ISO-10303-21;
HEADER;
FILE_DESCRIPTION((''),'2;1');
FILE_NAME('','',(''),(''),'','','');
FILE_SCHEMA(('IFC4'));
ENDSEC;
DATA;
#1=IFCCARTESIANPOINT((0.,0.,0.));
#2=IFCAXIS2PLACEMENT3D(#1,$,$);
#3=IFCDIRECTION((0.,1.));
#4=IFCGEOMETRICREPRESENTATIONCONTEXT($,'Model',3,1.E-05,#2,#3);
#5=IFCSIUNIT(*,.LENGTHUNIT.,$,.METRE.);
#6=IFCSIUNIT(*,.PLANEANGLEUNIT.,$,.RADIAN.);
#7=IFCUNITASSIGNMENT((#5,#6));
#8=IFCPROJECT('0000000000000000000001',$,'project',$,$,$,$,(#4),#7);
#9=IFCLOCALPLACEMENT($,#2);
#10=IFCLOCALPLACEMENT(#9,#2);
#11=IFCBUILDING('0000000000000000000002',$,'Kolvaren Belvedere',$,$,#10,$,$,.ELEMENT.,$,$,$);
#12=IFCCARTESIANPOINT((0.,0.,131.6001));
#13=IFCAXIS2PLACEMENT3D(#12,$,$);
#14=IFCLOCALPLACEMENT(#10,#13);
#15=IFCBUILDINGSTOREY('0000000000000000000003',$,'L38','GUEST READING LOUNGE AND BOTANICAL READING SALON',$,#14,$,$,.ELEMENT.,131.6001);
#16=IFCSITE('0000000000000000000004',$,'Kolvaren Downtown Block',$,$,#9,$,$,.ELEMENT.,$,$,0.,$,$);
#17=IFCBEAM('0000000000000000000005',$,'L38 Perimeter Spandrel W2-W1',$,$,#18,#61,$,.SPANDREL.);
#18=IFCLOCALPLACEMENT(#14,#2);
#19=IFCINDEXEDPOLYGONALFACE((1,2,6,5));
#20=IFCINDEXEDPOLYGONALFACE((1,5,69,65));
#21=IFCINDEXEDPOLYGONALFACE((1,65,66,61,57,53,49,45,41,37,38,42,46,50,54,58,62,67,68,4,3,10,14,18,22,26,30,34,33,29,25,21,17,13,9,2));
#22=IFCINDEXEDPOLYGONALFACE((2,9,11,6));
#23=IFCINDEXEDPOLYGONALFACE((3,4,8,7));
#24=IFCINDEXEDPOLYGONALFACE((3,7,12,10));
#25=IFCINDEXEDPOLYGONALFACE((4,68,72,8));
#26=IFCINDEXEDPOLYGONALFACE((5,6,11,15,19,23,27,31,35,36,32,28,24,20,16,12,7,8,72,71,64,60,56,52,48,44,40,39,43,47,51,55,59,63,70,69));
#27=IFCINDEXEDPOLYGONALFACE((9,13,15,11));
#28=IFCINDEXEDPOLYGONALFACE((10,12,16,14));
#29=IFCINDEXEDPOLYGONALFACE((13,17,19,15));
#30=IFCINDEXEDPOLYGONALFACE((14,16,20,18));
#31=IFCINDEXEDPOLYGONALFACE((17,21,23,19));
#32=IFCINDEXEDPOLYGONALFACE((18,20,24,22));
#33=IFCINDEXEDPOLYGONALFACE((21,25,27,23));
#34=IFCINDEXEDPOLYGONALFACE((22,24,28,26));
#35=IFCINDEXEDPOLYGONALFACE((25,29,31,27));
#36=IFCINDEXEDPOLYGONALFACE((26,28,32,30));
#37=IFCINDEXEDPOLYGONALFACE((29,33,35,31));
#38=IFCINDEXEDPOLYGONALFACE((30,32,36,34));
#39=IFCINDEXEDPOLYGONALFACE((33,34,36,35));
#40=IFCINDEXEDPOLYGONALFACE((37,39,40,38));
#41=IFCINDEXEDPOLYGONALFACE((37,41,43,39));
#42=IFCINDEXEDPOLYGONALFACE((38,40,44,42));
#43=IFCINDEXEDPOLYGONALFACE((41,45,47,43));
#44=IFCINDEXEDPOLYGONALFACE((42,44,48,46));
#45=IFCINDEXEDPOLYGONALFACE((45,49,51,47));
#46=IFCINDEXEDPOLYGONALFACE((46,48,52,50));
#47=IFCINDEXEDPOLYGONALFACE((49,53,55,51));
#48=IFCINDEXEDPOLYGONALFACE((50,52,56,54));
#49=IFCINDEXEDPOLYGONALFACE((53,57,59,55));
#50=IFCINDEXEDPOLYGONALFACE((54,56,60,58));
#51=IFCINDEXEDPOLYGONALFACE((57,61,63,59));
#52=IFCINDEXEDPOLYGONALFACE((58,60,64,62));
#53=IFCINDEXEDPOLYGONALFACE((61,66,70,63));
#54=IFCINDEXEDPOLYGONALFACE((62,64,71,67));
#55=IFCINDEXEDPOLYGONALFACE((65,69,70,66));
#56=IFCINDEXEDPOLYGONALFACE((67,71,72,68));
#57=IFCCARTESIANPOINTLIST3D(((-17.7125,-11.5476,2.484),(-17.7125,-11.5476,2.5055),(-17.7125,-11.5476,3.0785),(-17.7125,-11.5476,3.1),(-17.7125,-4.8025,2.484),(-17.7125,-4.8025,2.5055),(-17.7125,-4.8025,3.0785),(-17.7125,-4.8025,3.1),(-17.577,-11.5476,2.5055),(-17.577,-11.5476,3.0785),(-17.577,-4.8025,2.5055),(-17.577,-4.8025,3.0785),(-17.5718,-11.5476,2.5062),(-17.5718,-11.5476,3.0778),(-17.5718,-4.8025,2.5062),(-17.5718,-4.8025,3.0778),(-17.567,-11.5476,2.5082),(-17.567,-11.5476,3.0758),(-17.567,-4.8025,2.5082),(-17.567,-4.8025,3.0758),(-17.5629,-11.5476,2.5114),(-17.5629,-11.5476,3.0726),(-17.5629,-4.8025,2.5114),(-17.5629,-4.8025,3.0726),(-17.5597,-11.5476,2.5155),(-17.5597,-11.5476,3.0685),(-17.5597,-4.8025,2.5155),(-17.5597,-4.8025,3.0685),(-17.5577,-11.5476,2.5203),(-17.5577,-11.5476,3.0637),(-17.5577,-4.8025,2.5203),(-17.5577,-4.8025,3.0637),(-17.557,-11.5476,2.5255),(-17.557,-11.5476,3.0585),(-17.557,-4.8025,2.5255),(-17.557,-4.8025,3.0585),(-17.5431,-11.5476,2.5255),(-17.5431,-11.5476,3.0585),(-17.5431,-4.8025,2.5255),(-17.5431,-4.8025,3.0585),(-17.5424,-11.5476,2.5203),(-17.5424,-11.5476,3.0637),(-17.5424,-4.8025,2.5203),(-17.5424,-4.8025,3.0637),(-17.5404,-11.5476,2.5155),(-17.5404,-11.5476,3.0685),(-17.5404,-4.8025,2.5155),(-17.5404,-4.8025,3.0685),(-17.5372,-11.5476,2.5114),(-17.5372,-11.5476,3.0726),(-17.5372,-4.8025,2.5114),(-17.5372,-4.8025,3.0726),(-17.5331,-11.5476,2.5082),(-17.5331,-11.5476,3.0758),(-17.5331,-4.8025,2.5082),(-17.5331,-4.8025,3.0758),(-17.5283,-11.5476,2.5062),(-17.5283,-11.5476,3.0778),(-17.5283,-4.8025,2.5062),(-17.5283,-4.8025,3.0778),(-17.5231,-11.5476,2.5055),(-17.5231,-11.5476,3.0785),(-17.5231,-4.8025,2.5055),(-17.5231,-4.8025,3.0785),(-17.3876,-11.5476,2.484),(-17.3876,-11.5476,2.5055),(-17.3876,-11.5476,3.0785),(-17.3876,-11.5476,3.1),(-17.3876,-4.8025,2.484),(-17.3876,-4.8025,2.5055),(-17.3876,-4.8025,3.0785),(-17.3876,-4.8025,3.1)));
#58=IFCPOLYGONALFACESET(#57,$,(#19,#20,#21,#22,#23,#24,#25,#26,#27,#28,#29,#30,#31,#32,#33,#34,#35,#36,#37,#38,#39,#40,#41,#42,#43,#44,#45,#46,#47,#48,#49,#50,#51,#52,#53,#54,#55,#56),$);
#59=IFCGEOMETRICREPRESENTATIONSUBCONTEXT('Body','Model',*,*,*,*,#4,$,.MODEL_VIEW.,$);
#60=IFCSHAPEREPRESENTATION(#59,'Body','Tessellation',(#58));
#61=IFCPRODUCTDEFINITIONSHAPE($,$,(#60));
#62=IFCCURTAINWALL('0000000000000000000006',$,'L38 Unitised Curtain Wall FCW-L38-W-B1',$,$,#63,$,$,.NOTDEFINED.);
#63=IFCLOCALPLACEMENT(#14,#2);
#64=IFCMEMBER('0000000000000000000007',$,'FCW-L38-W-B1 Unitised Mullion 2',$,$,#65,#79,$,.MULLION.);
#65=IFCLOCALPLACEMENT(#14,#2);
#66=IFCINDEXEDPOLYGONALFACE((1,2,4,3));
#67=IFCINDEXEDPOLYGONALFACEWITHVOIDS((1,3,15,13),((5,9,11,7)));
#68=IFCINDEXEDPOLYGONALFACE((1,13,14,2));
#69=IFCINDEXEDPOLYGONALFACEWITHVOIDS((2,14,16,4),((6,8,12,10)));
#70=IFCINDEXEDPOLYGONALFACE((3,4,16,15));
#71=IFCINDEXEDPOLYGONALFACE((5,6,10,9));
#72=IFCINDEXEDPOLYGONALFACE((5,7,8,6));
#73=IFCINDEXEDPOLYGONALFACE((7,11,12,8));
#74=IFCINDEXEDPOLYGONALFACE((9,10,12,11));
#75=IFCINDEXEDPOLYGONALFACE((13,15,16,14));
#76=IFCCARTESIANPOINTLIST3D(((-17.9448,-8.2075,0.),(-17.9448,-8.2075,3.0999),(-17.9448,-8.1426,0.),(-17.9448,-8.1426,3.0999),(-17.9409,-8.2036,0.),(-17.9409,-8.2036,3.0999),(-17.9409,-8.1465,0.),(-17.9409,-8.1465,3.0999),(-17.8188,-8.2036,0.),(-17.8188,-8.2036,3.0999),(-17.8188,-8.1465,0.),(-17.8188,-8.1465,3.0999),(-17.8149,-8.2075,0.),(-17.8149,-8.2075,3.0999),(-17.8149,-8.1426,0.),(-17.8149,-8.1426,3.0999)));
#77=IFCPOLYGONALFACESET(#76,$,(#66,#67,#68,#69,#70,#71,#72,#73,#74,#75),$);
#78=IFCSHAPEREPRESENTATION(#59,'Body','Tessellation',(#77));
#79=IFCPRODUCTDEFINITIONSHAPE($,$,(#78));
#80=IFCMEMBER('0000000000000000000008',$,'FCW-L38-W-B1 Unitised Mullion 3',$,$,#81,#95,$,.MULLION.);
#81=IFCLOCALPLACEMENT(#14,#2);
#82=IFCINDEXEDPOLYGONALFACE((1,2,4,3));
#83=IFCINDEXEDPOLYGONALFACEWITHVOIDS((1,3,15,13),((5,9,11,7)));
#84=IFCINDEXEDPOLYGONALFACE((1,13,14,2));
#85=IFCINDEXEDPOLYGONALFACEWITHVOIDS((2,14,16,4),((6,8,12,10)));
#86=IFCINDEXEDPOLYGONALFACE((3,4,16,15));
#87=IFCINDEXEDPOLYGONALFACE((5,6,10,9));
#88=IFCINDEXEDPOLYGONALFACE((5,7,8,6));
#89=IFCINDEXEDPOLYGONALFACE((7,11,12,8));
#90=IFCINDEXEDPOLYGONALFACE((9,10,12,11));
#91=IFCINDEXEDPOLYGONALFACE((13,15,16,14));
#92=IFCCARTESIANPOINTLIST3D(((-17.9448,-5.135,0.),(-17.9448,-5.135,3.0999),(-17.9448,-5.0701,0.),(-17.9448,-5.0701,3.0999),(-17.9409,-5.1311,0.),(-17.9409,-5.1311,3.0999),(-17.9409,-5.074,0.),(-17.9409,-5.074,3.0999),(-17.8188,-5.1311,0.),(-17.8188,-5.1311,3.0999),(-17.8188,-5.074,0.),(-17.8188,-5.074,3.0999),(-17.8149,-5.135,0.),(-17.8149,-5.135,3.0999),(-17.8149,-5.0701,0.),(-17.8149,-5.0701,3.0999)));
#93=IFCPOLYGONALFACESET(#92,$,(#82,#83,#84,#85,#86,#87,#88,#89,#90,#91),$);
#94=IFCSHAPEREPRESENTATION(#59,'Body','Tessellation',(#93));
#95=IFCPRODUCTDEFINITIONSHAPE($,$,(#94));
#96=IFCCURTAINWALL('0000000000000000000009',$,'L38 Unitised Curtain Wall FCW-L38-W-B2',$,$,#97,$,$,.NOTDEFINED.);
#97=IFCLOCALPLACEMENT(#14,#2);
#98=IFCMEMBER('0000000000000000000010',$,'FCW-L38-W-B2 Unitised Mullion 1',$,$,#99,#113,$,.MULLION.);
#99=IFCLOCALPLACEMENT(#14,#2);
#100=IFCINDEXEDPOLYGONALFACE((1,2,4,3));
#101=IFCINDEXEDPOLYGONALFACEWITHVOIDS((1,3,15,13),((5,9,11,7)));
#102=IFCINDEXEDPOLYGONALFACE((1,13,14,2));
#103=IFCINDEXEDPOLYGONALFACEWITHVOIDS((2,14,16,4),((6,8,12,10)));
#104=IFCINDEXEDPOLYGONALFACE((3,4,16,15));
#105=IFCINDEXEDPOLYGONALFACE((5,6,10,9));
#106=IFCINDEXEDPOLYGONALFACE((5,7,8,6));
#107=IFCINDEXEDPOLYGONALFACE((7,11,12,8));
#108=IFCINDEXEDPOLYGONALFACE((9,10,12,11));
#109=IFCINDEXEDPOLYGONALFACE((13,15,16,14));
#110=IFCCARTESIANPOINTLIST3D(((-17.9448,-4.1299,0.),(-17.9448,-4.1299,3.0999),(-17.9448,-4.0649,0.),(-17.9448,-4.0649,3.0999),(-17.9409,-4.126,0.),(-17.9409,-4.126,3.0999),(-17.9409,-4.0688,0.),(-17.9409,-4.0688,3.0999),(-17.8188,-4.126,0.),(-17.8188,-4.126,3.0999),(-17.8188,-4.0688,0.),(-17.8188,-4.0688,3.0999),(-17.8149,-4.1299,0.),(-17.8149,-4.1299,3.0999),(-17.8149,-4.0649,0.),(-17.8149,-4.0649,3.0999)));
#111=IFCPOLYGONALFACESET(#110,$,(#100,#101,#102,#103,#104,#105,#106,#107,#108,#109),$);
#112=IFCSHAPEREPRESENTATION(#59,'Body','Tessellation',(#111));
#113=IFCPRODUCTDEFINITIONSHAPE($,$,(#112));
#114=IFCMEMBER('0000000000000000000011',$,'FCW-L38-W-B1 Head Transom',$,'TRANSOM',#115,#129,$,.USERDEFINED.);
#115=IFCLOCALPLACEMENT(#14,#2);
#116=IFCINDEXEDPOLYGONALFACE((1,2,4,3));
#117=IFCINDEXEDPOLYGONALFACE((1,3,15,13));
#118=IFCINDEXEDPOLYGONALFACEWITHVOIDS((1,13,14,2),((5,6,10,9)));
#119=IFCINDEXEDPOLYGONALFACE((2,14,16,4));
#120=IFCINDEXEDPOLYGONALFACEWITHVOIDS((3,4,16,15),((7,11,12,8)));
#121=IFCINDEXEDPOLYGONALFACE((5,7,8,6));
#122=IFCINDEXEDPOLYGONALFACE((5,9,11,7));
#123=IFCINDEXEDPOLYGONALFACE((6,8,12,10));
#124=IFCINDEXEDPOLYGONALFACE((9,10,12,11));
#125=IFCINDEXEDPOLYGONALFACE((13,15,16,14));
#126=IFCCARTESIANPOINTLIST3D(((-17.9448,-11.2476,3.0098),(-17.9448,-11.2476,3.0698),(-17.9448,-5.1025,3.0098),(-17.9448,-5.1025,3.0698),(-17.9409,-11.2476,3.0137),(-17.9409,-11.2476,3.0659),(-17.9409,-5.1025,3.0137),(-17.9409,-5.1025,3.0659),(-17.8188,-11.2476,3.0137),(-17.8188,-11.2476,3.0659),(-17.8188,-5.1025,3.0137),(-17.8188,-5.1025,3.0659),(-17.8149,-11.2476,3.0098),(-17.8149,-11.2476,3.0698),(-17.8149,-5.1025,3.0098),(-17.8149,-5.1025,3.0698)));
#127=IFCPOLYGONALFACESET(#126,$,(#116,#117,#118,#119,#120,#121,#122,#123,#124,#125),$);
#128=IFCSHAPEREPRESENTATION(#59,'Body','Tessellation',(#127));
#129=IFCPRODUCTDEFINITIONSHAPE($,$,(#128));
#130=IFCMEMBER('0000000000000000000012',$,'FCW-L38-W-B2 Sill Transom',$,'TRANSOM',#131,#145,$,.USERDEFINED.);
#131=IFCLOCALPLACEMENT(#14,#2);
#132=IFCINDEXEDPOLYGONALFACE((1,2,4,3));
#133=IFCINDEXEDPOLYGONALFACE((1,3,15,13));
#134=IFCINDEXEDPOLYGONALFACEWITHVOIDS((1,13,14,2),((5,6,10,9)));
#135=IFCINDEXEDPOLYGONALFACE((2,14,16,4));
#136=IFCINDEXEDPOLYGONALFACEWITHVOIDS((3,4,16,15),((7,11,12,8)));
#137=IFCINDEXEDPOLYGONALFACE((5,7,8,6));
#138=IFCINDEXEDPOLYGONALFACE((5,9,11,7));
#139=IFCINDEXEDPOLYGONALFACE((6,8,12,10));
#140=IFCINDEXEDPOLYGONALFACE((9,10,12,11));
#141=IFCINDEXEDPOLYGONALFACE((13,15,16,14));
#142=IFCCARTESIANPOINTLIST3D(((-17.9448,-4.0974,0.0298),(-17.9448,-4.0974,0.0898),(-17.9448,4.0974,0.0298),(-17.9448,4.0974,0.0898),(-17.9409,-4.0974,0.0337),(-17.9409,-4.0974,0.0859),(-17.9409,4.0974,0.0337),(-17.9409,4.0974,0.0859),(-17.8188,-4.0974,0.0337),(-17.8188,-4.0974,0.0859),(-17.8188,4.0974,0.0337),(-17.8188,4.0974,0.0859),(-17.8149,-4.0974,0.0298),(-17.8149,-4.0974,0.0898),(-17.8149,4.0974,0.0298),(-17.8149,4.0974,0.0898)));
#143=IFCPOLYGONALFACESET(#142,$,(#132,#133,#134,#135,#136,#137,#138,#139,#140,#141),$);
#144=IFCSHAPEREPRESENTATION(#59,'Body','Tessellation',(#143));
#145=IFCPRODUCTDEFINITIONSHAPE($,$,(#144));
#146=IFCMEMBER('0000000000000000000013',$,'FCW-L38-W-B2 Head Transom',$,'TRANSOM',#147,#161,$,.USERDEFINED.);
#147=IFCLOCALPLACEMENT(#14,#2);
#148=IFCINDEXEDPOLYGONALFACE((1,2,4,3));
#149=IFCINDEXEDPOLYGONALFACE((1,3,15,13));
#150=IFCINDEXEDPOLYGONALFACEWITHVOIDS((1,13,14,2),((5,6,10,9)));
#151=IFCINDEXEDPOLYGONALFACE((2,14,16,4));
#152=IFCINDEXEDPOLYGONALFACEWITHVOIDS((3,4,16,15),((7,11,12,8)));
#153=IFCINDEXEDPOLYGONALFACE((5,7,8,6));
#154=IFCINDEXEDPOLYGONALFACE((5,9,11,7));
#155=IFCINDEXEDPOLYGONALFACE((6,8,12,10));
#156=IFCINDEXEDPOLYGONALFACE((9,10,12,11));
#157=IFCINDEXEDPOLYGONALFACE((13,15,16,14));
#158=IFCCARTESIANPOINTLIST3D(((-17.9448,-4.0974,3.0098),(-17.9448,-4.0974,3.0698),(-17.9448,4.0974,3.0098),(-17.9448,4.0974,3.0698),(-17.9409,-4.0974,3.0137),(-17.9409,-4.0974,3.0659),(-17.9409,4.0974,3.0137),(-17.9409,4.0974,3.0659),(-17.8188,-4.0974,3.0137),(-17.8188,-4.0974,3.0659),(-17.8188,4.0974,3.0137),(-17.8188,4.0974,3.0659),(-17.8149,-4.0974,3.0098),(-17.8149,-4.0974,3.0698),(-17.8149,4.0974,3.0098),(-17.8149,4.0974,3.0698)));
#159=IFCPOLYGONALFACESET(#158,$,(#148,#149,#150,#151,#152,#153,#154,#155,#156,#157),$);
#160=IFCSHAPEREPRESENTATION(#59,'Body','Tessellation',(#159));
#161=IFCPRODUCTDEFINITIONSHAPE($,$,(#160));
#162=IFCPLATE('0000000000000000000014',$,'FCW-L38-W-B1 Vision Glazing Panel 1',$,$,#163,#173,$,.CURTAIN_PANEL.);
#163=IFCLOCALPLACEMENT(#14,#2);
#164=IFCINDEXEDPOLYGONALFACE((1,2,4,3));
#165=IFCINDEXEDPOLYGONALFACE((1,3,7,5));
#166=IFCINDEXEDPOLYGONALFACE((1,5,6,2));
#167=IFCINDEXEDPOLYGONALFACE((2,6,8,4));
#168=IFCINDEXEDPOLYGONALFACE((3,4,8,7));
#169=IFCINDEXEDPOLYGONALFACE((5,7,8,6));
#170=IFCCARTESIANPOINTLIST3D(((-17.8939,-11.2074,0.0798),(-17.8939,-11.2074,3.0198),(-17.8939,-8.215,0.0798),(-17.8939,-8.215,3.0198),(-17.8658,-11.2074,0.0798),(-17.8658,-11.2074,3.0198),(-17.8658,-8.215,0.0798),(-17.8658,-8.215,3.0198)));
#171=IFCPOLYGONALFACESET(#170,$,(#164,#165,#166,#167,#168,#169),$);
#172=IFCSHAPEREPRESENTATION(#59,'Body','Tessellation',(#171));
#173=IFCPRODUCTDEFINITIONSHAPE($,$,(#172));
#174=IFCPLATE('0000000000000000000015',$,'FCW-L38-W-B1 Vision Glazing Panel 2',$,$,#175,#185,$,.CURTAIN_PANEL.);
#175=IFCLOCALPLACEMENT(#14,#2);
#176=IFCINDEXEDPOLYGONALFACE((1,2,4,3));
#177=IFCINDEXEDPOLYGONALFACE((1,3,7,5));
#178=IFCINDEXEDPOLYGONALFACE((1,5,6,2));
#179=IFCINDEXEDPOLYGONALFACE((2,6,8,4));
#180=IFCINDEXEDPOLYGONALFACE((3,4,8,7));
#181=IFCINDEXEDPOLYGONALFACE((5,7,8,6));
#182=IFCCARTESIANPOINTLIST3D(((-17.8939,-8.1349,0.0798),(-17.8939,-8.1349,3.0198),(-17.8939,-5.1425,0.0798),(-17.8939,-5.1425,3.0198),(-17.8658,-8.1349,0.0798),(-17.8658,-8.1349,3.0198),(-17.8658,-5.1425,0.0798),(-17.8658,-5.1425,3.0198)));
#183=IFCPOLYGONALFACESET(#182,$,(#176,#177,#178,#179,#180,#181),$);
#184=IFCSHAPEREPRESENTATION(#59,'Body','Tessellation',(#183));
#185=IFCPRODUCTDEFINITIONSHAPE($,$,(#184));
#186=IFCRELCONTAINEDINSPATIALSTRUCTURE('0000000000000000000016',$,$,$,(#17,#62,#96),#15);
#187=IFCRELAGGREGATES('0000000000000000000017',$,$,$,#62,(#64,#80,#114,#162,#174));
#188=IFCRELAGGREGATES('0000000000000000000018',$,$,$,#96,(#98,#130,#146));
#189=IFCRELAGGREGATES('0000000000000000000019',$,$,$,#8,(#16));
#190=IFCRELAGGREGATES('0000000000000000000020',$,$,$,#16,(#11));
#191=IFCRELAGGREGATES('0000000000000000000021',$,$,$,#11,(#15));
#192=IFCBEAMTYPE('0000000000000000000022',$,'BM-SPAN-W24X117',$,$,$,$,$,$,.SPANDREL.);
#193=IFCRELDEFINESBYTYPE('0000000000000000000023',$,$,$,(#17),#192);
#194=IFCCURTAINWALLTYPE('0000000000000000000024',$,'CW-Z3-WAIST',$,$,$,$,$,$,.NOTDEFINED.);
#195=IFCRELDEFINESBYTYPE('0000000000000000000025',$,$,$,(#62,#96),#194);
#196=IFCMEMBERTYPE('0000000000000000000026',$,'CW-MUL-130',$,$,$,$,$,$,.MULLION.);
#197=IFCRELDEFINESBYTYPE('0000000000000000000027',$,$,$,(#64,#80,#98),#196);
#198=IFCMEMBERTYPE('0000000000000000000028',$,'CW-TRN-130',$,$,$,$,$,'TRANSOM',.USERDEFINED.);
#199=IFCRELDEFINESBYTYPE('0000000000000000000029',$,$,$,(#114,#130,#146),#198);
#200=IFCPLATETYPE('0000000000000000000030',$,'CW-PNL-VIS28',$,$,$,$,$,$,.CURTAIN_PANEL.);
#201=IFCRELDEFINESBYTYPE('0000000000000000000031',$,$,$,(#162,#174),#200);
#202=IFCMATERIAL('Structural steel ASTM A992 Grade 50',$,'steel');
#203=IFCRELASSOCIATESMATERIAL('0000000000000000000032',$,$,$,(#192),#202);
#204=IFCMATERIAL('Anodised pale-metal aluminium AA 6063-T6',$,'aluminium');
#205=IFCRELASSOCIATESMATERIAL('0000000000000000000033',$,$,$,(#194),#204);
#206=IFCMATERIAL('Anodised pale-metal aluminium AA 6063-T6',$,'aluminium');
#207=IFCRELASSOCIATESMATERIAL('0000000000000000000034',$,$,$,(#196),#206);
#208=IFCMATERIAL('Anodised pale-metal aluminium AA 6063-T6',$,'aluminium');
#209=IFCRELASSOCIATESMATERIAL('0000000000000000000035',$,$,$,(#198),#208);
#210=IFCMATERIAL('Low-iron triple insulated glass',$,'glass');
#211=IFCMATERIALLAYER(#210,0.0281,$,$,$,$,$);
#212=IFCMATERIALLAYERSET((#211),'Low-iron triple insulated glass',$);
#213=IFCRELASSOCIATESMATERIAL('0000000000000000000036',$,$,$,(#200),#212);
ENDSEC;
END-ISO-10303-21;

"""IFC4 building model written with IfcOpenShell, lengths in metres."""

from ifc_helpers import new_model, si_unit, direction, frame, origin, origin_2d, place, context, subcontext, project, spatial, rectangle, hollow_rectangle, i_section, extrude, material, layer, layer_set, material_profile, profile_set, type_object, element, aggregate, save


model = new_model("IFC4")

# Units and contexts
model_context = context("Model", 3, precision=1e-05, world=origin(), true_north=direction((0.0, 1.0)))
body_context = subcontext(model_context, "Body", "Model", "MODEL_VIEW")
ifc_project = project(units=[si_unit("LENGTHUNIT", "METRE"), si_unit("PLANEANGLEUNIT", "RADIAN")], contexts=[model_context])

# Site, building, storey
site_placement = place(None, origin())
site = spatial("IfcSite", under=ifc_project, at=site_placement, Name="Kolvaren Downtown Block", CompositionType="ELEMENT", RefElevation=0.0)
building_placement = place(site_placement, origin())
building = spatial("IfcBuilding", under=site, at=building_placement, Name="Kolvaren Belvedere", CompositionType="ELEMENT")
storey_placement = place(building_placement, frame((0.0, 0.0, 131.6001)))
storey = spatial("IfcBuildingStorey", under=building, at=storey_placement, Name="L38", Description="GUEST READING LOUNGE AND BOTANICAL READING SALON", CompositionType="ELEMENT", Elevation=131.6001)

# Beam
ifc_material_1 = material(Name="Structural steel ASTM A992 Grade 50", Category="steel")
ifc_material_profile_1 = material_profile(ifc_material_1, i_section(OverallWidth=0.325, OverallDepth=0.616, WebThickness=0.0139, FlangeThickness=0.0215, FilletRadius=0.02, at=origin_2d()), Name="W24X117")
ifc_profile_set_1 = profile_set([ifc_material_profile_1], Name="Structural steel ASTM A992 Grade 50")
beam_type_1 = type_object("IfcBeamType", Name="BM-SPAN-W24X117", PredefinedType="SPANDREL", material=ifc_profile_set_1)
beam_1_placement = place(storey_placement, frame((-17.55, -4.8025, 2.792), z_axis=(0.0, -1.0, 0.0), x_axis=(1.0, 0.0, 0.0)))
element("IfcBeam", 1, at=beam_1_placement, inside=storey, type_object=beam_type_1, Name="L38 Perimeter Spandrel W2-W1", PredefinedType="SPANDREL", context=body_context, shape_type="SweptSolid", body=[
    extrude(i_section(OverallWidth=0.325, OverallDepth=0.616, WebThickness=0.0139, FlangeThickness=0.0215, FilletRadius=0.02, at=origin_2d()), origin(), (0.0, 0.0, 1.0), 6.7451),
])

# Curtain wall, members
ifc_material_2 = material(Name="Anodised pale-metal aluminium AA 6063-T6", Category="aluminium")
curtain_wall_type = type_object("IfcCurtainWallType", Name="CW-Z3-WAIST", PredefinedType="NOTDEFINED", material=ifc_material_2)
curtain_wall_1_placement = place(storey_placement, origin())
curtain_wall_1 = element("IfcCurtainWall", 2, at=curtain_wall_1_placement, inside=storey, type_object=curtain_wall_type, Name="L38 Unitised Curtain Wall FCW-L38-W-B1", PredefinedType="NOTDEFINED")
ifc_material_3 = material(Name="Anodised pale-metal aluminium AA 6063-T6", Category="aluminium")
ifc_material_profile_2 = material_profile(ifc_material_3, hollow_rectangle(XDim=0.0649, YDim=0.1299, WallThickness=0.0039, at=origin_2d()), Name="ALU-MUL-130X65")
ifc_profile_set_2 = profile_set([ifc_material_profile_2], Name="Anodised pale-metal aluminium AA 6063-T6")
member_type_1 = type_object("IfcMemberType", Name="CW-MUL-130", PredefinedType="MULLION", material=ifc_profile_set_2)
member_1_placement = place(storey_placement, frame((-17.8799, -8.175, 0.0), z_axis=(0.0, 0.0, 1.0), x_axis=(0.0, 1.0, 0.0)))
member_1 = element("IfcMember", 3, at=member_1_placement, type_object=member_type_1, Name="FCW-L38-W-B1 Unitised Mullion 2", PredefinedType="MULLION", context=body_context, shape_type="SweptSolid", body=[
    extrude(hollow_rectangle(XDim=0.0649, YDim=0.1299, WallThickness=0.0039, at=origin_2d()), origin(), (0.0, 0.0, 1.0), 3.0999),
])
member_2_placement = place(storey_placement, frame((-17.8799, -5.1025, 0.0), z_axis=(0.0, 0.0, 1.0), x_axis=(0.0, 1.0, 0.0)))
member_2 = element("IfcMember", 4, at=member_2_placement, type_object=member_type_1, Name="FCW-L38-W-B1 Unitised Mullion 3", PredefinedType="MULLION", context=body_context, shape_type="SweptSolid", body=[
    extrude(hollow_rectangle(XDim=0.0649, YDim=0.1299, WallThickness=0.0039, at=origin_2d()), origin(), (0.0, 0.0, 1.0), 3.0999),
])

# Curtain wall, member
curtain_wall_2_placement = place(storey_placement, origin())
curtain_wall_2 = element("IfcCurtainWall", 5, at=curtain_wall_2_placement, inside=storey, type_object=curtain_wall_type, Name="L38 Unitised Curtain Wall FCW-L38-W-B2", PredefinedType="NOTDEFINED")
member_3_placement = place(storey_placement, frame((-17.8799, -4.0974, 0.0), z_axis=(0.0, 0.0, 1.0), x_axis=(0.0, 1.0, 0.0)))
member_3 = element("IfcMember", 6, at=member_3_placement, type_object=member_type_1, Name="FCW-L38-W-B2 Unitised Mullion 1", PredefinedType="MULLION", context=body_context, shape_type="SweptSolid", body=[
    extrude(hollow_rectangle(XDim=0.0649, YDim=0.1299, WallThickness=0.0039, at=origin_2d()), origin(), (0.0, 0.0, 1.0), 3.0999),
])

# Members
ifc_material_4 = material(Name="Anodised pale-metal aluminium AA 6063-T6", Category="aluminium")
ifc_material_profile_3 = material_profile(ifc_material_4, hollow_rectangle(XDim=0.0601, YDim=0.1299, WallThickness=0.0039, at=origin_2d()), Name="ALU-TRN-130X60")
ifc_profile_set_3 = profile_set([ifc_material_profile_3], Name="Anodised pale-metal aluminium AA 6063-T6")
member_type_2 = type_object("IfcMemberType", Name="CW-TRN-130", ElementType="TRANSOM", PredefinedType="USERDEFINED", material=ifc_profile_set_3)
member_4_placement = place(storey_placement, frame((-17.8799, -11.2476, 3.0398), z_axis=(0.0, 1.0, 0.0), x_axis=(0.0, 0.0, 1.0)))
member_4 = element("IfcMember", 7, at=member_4_placement, type_object=member_type_2, Name="FCW-L38-W-B1 Head Transom", ObjectType="TRANSOM", PredefinedType="USERDEFINED", context=body_context, shape_type="SweptSolid", body=[
    extrude(hollow_rectangle(XDim=0.0601, YDim=0.1299, WallThickness=0.0039, at=origin_2d()), origin(), (0.0, 0.0, 1.0), 6.145),
])
member_5_placement = place(storey_placement, frame((-17.8799, -4.0974, 0.0598), z_axis=(0.0, 1.0, 0.0), x_axis=(0.0, 0.0, 1.0)))
member_5 = element("IfcMember", 8, at=member_5_placement, type_object=member_type_2, Name="FCW-L38-W-B2 Sill Transom", ObjectType="TRANSOM", PredefinedType="USERDEFINED", context=body_context, shape_type="SweptSolid", body=[
    extrude(hollow_rectangle(XDim=0.0601, YDim=0.1299, WallThickness=0.0039, at=origin_2d()), origin(), (0.0, 0.0, 1.0), 8.1948),
])
member_6_placement = place(storey_placement, frame((-17.8799, -4.0974, 3.0398), z_axis=(0.0, 1.0, 0.0), x_axis=(0.0, 0.0, 1.0)))
member_6 = element("IfcMember", 9, at=member_6_placement, type_object=member_type_2, Name="FCW-L38-W-B2 Head Transom", ObjectType="TRANSOM", PredefinedType="USERDEFINED", context=body_context, shape_type="SweptSolid", body=[
    extrude(hollow_rectangle(XDim=0.0601, YDim=0.1299, WallThickness=0.0039, at=origin_2d()), origin(), (0.0, 0.0, 1.0), 8.1948),
])

# Plates
ifc_material_5 = material(Name="Low-iron triple insulated glass", Category="glass")
ifc_layer_1 = layer(ifc_material_5, 0.0281)
ifc_layer_set_1 = layer_set([ifc_layer_1], Name="Low-iron triple insulated glass")
plate_type_1 = type_object("IfcPlateType", Name="CW-PNL-VIS28", PredefinedType="CURTAIN_PANEL", material=ifc_layer_set_1)
plate_1_placement = place(storey_placement, frame((-17.8799, -9.7112, 0.0798), z_axis=(0.0, 0.0, 1.0), x_axis=(0.0, 1.0, 0.0)))
plate_1 = element("IfcPlate", 10, at=plate_1_placement, type_object=plate_type_1, Name="FCW-L38-W-B1 Vision Glazing Panel 1", PredefinedType="CURTAIN_PANEL", context=body_context, shape_type="SweptSolid", body=[
    extrude(rectangle(XDim=2.9924, YDim=0.0281, at=origin_2d()), origin(), (0.0, 0.0, 1.0), 2.9399),
])
plate_2_placement = place(storey_placement, frame((-17.8799, -6.6387, 0.0798), z_axis=(0.0, 0.0, 1.0), x_axis=(0.0, 1.0, 0.0)))
plate_2 = element("IfcPlate", 11, at=plate_2_placement, type_object=plate_type_1, Name="FCW-L38-W-B1 Vision Glazing Panel 2", PredefinedType="CURTAIN_PANEL", context=body_context, shape_type="SweptSolid", body=[
    extrude(rectangle(XDim=2.9924, YDim=0.0281, at=origin_2d()), origin(), (0.0, 0.0, 1.0), 2.9399),
])
aggregate(curtain_wall_1, [member_1, member_2, member_4, plate_1, plate_2])
aggregate(curtain_wall_2, [member_3, member_5, member_6])

save(model, "model.ifc")
